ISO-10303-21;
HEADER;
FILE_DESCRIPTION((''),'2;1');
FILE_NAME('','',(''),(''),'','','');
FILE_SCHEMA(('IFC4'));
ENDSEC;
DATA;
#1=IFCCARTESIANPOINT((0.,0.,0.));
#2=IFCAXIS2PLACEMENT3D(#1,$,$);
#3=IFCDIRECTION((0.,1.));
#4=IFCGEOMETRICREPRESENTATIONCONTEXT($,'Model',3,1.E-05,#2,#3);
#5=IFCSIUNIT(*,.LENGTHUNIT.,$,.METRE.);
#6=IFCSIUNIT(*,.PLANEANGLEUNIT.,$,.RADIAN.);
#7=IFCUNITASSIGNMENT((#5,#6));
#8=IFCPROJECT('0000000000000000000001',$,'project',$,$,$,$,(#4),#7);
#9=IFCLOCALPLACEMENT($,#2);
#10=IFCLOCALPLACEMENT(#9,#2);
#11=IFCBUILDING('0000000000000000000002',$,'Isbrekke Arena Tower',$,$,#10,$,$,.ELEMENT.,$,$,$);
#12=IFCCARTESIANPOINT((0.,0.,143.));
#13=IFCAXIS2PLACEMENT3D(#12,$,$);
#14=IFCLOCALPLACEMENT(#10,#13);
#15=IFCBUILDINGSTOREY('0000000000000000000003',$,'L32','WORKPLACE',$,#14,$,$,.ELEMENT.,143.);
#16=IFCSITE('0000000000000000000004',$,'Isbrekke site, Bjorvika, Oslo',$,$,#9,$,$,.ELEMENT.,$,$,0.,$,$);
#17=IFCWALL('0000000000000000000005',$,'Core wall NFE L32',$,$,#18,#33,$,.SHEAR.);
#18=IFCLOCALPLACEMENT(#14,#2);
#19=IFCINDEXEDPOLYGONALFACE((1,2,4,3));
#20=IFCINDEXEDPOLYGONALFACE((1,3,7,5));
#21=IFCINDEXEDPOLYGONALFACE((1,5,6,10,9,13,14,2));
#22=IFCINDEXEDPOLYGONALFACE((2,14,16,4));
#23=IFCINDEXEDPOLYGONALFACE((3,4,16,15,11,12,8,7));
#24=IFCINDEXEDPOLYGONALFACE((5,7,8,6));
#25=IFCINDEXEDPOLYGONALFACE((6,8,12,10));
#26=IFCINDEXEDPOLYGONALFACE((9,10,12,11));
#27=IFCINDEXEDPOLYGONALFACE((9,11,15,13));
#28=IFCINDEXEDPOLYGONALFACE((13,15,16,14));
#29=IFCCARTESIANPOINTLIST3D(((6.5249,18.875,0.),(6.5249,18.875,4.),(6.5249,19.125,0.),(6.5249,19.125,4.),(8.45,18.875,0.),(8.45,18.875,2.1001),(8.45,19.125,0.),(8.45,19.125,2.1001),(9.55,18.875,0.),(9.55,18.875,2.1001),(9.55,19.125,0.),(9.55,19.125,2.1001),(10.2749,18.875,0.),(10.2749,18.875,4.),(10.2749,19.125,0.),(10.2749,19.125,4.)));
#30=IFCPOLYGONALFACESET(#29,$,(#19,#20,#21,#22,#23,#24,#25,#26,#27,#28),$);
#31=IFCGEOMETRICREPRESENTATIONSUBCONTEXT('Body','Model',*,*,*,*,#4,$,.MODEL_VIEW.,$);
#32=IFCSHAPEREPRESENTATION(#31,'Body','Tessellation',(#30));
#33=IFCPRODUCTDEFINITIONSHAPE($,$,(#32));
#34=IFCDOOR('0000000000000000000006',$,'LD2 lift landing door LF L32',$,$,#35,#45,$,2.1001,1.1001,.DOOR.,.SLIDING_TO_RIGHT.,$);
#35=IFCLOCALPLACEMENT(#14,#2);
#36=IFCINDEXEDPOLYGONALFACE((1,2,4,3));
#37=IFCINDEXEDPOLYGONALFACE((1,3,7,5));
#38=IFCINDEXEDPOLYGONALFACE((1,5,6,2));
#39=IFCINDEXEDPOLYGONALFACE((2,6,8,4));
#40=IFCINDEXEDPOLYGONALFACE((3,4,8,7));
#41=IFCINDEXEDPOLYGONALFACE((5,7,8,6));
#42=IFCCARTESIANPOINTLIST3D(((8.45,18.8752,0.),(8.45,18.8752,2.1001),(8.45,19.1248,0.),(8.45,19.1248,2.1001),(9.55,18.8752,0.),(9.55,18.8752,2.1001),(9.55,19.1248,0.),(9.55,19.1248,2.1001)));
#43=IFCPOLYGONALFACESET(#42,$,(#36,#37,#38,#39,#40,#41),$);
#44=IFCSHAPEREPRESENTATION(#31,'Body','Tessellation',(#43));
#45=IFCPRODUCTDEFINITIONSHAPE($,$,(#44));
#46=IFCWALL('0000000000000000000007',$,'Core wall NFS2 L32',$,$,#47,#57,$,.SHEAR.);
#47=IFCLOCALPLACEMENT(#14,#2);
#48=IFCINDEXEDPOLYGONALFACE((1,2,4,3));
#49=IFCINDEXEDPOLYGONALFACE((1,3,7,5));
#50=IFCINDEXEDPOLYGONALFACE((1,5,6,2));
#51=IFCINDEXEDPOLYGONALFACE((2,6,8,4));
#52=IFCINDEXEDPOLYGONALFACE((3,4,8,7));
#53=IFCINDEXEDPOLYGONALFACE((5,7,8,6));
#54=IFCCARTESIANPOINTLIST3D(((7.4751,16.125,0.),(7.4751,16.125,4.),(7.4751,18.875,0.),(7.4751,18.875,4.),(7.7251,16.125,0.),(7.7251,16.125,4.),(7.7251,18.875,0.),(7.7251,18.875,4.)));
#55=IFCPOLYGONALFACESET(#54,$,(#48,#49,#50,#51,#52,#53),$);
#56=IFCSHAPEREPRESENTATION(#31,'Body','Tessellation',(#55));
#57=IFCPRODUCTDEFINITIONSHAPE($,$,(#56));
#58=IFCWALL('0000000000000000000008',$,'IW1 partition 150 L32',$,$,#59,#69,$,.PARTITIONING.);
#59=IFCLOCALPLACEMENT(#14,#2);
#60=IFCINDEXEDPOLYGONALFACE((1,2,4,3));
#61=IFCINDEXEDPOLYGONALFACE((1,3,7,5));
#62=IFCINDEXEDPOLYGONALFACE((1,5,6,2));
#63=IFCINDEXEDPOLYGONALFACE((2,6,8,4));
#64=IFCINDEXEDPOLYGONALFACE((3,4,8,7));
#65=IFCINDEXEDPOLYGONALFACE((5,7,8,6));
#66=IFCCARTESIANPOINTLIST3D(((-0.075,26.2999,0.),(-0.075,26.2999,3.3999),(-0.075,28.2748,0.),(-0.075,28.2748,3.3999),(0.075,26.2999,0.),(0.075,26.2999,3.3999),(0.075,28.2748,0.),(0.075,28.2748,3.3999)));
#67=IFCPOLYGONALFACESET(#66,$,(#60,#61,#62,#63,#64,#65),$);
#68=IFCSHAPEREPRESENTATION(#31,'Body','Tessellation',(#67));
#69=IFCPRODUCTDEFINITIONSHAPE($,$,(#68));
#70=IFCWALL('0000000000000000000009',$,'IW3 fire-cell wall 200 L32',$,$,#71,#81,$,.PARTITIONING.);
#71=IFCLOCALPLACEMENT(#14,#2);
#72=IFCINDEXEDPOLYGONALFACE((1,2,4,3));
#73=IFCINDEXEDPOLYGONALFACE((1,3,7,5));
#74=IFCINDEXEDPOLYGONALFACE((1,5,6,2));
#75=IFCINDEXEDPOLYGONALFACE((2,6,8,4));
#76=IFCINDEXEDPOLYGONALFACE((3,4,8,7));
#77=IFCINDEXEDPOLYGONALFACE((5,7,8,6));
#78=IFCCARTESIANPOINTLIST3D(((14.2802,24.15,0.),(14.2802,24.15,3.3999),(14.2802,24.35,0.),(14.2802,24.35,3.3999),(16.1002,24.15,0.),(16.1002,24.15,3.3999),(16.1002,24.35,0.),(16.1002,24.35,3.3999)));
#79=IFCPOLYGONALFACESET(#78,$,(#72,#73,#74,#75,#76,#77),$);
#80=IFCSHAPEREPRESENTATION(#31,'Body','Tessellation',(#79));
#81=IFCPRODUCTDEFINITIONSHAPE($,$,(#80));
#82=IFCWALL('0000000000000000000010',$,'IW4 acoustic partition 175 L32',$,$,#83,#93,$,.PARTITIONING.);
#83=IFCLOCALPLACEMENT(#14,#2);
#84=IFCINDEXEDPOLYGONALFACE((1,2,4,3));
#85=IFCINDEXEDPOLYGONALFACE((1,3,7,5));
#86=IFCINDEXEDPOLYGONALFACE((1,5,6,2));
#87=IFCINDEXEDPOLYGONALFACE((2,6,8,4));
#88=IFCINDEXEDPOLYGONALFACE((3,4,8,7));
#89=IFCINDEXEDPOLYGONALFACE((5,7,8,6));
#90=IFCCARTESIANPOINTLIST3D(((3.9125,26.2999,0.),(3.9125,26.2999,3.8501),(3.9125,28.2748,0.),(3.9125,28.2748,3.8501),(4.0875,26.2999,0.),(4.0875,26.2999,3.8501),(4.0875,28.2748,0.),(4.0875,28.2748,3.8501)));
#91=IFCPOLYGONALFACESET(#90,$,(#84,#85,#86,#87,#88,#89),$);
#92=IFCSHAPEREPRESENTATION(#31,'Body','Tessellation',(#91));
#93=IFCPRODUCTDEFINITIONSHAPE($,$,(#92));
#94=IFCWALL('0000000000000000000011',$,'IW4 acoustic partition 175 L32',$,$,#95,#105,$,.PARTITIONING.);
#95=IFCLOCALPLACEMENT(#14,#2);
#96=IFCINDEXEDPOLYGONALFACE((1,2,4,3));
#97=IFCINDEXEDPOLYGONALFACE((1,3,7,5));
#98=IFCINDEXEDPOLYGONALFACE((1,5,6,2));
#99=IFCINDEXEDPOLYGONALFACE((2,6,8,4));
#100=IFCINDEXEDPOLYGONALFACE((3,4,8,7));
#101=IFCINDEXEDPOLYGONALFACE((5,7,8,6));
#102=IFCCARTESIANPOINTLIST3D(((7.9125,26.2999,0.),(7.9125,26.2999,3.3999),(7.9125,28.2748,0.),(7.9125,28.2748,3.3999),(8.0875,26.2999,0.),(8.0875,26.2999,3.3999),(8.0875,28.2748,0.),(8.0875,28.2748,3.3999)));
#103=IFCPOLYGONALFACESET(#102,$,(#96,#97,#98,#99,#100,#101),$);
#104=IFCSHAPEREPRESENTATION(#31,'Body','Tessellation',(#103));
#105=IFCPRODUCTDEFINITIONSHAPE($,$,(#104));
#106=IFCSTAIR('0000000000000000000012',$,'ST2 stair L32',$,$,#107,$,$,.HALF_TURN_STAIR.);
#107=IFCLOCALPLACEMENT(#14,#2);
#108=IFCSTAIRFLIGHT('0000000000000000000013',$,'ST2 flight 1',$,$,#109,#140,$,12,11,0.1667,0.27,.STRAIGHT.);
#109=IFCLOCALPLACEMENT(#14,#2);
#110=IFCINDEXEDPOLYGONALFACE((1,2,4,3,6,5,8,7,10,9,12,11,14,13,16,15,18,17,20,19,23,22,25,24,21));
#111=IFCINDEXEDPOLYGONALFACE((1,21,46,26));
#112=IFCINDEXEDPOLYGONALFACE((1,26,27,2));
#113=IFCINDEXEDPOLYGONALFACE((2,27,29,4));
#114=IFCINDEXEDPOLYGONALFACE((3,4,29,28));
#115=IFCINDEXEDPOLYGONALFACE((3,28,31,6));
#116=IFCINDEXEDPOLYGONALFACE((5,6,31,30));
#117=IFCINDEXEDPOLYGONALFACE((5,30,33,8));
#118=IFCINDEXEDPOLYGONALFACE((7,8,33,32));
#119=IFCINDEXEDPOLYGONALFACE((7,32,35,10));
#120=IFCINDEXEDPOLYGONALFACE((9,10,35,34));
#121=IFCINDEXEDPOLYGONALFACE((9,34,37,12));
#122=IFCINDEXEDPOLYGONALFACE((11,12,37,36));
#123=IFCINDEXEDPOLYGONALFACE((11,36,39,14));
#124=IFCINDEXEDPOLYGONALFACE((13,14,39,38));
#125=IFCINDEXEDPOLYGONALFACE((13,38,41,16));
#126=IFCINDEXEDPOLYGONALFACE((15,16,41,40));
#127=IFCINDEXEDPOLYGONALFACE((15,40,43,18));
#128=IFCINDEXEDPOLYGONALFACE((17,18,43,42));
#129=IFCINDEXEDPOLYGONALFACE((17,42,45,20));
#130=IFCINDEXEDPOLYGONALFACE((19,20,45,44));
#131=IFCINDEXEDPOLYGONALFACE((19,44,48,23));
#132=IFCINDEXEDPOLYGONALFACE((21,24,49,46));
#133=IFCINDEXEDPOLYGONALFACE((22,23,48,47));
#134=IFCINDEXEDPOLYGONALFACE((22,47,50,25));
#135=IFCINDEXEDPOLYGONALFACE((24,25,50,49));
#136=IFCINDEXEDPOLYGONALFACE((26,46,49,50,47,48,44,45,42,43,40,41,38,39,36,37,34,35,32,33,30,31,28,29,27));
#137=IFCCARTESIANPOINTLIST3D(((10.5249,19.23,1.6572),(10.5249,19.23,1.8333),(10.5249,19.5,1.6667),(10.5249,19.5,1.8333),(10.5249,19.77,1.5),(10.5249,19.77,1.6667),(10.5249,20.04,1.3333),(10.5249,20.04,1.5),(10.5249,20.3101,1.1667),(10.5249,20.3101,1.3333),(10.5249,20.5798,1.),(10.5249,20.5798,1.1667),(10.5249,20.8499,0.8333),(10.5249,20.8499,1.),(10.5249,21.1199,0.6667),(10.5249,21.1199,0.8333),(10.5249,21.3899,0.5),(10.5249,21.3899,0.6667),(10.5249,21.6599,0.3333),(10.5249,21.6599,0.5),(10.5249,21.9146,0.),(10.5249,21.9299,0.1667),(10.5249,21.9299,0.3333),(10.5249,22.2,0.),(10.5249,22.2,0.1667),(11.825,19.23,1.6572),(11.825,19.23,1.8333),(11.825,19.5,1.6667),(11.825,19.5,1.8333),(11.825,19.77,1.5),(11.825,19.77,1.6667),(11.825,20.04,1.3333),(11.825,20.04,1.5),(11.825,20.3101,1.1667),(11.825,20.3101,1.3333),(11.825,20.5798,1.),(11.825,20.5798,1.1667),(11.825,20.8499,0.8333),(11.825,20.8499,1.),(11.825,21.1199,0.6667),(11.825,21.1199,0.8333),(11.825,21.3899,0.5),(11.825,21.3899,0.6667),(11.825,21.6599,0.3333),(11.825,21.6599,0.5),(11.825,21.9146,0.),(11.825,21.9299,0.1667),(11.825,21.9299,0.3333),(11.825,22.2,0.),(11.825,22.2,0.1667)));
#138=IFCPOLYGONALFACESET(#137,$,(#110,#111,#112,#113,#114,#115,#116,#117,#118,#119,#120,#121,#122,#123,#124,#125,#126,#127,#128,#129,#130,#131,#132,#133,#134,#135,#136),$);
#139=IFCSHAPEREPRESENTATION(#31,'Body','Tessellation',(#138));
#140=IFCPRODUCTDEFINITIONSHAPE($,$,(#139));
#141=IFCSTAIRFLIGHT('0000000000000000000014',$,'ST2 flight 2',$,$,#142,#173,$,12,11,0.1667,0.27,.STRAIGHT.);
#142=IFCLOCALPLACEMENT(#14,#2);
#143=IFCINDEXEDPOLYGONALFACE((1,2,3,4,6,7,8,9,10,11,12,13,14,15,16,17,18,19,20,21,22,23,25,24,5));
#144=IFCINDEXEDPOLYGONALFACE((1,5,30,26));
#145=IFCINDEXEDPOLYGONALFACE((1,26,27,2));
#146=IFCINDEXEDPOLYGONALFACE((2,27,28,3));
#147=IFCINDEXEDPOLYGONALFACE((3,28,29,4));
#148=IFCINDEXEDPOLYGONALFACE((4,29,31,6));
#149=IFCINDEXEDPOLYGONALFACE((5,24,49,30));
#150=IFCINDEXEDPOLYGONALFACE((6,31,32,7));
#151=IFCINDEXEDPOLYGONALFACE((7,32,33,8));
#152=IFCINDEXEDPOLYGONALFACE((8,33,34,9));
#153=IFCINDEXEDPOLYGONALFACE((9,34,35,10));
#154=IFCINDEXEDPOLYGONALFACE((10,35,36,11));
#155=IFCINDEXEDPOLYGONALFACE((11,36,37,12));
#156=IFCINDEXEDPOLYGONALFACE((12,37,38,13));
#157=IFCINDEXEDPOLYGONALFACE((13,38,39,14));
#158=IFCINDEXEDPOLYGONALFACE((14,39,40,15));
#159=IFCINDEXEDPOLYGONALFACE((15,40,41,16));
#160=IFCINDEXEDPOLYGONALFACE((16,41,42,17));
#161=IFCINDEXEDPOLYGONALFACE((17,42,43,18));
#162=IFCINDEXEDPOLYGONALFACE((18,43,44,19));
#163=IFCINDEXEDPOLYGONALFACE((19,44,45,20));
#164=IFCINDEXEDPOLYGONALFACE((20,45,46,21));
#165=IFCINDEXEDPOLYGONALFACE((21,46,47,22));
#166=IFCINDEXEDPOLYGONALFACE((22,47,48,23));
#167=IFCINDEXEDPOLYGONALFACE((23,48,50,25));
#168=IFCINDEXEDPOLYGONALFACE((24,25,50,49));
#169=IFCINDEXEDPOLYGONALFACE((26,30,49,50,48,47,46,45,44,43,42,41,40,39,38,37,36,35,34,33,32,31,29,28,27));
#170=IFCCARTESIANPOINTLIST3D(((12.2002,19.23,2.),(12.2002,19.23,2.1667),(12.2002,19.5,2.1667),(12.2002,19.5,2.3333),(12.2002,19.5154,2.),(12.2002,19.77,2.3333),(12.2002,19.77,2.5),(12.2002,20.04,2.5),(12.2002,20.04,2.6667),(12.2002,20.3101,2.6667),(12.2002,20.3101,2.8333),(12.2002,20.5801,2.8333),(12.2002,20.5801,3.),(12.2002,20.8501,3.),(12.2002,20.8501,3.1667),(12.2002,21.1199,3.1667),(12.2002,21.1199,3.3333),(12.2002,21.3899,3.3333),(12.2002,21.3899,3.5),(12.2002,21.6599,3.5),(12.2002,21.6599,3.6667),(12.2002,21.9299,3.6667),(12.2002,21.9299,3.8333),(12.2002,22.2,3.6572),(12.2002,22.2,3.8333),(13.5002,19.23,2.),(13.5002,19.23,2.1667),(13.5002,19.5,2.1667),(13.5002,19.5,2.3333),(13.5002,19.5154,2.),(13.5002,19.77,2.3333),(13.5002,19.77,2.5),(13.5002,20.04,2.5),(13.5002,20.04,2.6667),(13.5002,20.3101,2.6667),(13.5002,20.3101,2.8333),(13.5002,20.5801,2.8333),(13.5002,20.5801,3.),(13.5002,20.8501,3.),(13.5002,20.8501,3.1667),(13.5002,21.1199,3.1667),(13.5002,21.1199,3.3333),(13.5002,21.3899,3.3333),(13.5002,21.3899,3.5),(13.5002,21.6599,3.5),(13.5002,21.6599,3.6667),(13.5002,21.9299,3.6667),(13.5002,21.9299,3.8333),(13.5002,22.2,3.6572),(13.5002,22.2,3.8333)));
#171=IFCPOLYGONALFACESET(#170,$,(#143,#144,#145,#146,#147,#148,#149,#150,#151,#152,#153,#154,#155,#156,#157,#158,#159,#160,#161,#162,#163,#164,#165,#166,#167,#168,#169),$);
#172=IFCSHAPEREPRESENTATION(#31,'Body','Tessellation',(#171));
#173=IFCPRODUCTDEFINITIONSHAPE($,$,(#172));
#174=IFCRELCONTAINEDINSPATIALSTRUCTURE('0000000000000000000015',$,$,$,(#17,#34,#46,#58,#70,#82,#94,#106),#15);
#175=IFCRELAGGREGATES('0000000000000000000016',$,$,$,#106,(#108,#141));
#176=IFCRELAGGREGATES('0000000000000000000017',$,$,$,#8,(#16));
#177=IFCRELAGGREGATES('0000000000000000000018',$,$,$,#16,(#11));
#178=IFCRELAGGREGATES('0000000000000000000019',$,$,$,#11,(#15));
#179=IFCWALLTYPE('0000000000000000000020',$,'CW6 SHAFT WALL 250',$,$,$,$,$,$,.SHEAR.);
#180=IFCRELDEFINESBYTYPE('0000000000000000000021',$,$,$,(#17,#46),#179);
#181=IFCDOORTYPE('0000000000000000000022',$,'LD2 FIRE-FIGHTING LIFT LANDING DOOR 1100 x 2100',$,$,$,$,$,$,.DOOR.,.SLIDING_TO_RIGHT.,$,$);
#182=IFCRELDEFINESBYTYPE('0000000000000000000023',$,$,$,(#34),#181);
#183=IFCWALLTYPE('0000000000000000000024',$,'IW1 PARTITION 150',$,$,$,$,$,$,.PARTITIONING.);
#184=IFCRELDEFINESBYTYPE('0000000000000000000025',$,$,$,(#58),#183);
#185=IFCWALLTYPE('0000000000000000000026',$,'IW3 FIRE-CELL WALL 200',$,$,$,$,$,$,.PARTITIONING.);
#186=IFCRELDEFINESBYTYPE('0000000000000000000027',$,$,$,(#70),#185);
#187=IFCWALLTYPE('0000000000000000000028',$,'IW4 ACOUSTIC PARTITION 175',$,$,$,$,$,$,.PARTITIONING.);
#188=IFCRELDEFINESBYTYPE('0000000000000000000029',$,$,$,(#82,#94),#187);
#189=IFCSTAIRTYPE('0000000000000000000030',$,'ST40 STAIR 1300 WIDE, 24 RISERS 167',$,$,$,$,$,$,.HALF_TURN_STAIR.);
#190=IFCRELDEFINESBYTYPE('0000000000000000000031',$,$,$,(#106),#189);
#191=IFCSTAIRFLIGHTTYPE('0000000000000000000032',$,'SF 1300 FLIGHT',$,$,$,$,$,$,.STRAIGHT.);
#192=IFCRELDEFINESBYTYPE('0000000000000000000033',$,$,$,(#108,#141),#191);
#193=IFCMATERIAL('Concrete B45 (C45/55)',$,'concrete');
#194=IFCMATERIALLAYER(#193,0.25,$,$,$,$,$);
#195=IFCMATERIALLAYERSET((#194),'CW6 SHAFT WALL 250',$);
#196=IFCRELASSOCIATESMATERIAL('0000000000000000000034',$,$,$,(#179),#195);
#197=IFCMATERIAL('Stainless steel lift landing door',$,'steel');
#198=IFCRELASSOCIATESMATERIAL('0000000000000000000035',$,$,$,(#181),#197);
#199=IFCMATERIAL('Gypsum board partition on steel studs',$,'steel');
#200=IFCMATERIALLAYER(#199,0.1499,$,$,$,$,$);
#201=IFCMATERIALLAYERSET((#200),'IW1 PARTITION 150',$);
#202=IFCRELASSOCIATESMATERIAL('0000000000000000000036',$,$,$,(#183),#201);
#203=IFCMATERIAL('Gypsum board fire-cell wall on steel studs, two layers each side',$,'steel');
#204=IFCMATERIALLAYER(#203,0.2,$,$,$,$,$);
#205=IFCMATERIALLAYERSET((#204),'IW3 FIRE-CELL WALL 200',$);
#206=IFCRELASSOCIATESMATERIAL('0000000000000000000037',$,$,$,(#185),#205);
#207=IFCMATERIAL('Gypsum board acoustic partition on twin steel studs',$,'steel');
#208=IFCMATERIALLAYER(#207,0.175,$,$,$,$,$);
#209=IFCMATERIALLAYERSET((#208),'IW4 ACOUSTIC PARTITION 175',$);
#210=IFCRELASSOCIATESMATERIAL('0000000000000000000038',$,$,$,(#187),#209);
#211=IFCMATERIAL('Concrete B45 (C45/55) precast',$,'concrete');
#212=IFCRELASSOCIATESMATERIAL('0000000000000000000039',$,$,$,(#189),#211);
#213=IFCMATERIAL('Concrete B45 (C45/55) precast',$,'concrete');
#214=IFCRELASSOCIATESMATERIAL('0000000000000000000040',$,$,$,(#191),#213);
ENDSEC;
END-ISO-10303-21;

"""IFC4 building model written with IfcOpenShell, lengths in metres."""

from ifc_helpers import new_model, si_unit, direction, frame, frame_2d, origin, place, context, subcontext, project, spatial, polyline, rectangle, outline, extrude, material, layer, layer_set, type_object, element, fill, aggregate, save


model = new_model("IFC4")

# Units and contexts
model_context = context("Model", 3, precision=1e-05, world=origin(), true_north=direction((0.0, 1.0)))
body_context = subcontext(model_context, "Body", "Model", "MODEL_VIEW")
ifc_project = project(units=[si_unit("LENGTHUNIT", "METRE"), si_unit("PLANEANGLEUNIT", "RADIAN")], contexts=[model_context])

# Site, building, storey
site_placement = place(None, origin())
site = spatial("IfcSite", under=ifc_project, at=site_placement, Name="Isbrekke site, Bjorvika, Oslo", CompositionType="ELEMENT", RefElevation=0.0)
building_placement = place(site_placement, origin())
building = spatial("IfcBuilding", under=site, at=building_placement, Name="Isbrekke Arena Tower", CompositionType="ELEMENT")
storey_placement = place(building_placement, frame((0.0, 0.0, 143.0)))
storey = spatial("IfcBuildingStorey", under=building, at=storey_placement, Name="L32", Description="WORKPLACE", CompositionType="ELEMENT", Elevation=143.0)

# Shared definitions
ifc_material_1 = material(Name="Concrete B45 (C45/55)", Category="concrete")
ifc_layer_1 = layer(ifc_material_1, 0.25)
ifc_layer_set_1 = layer_set([ifc_layer_1], Name="CW6 SHAFT WALL 250")
wall_type_1 = type_object("IfcWallType", Name="CW6 SHAFT WALL 250", PredefinedType="SHEAR", material=ifc_layer_set_1)

# Wall, opening, door
wall_1_placement = place(storey_placement, frame((6.5249, 19.0, 0.0), z_axis=(0.0, 0.0, 1.0), x_axis=(1.0, 0.0, 0.0)))
wall_1 = element("IfcWall", 1, at=wall_1_placement, inside=storey, type_object=wall_type_1, Name="Core wall NFE L32", PredefinedType="SHEAR", context=body_context, shape_type="SweptSolid", body=[
    extrude(rectangle(XDim=3.75, YDim=0.25, at=frame_2d((1.875, 0.0))), origin(), (0.0, 0.0, 1.0), 4.0),
])
opening_1_placement = place(wall_1_placement, frame((1.925, 0.0, 0.0)))
opening_1 = element("IfcOpeningElement", 2, at=opening_1_placement, cuts=wall_1, PredefinedType="OPENING", context=body_context, shape_type="SweptSolid", body=[
    extrude(rectangle(XDim=1.1001, YDim=2.1001, at=frame_2d((0.55, 1.05))), frame((0.0, 0.1399, 0.0), z_axis=(0.0, -1.0, 0.0), x_axis=(1.0, 0.0, 0.0)), (0.0, 0.0, 1.0), 0.2798),
])
ifc_material_2 = material(Name="Stainless steel lift landing door", Category="steel")
door_type_1 = type_object("IfcDoorType", Name="LD2 FIRE-FIGHTING LIFT LANDING DOOR 1100 x 2100", OperationType="SLIDING_TO_RIGHT", PredefinedType="DOOR", material=ifc_material_2)
door_1_placement = place(opening_1_placement, origin())
door_1 = element("IfcDoor", 3, at=door_1_placement, inside=storey, type_object=door_type_1, Name="LD2 lift landing door LF L32", OperationType="SLIDING_TO_RIGHT", OverallHeight=2.1001, OverallWidth=1.1001, PredefinedType="DOOR", context=body_context, shape_type="SweptSolid", body=[
    extrude(rectangle(XDim=1.1001, YDim=2.1001, at=frame_2d((0.55, 1.05))), frame((0.0, 0.1248, 0.0), z_axis=(0.0, -1.0, 0.0), x_axis=(1.0, 0.0, 0.0)), (0.0, 0.0, 1.0), 0.2495),
])
fill(opening_1, door_1)

# Walls
wall_2_placement = place(storey_placement, frame((7.6001, 16.125, 0.0), z_axis=(0.0, 0.0, 1.0), x_axis=(0.0, 1.0, 0.0)))
element("IfcWall", 4, at=wall_2_placement, inside=storey, type_object=wall_type_1, Name="Core wall NFS2 L32", PredefinedType="SHEAR", context=body_context, shape_type="SweptSolid", body=[
    extrude(rectangle(XDim=2.75, YDim=0.25, at=frame_2d((1.375, 0.0))), origin(), (0.0, 0.0, 1.0), 4.0),
])
ifc_material_3 = material(Name="Gypsum board partition on steel studs", Category="steel")
ifc_layer_2 = layer(ifc_material_3, 0.1499)
ifc_layer_set_2 = layer_set([ifc_layer_2], Name="IW1 PARTITION 150")
wall_type_2 = type_object("IfcWallType", Name="IW1 PARTITION 150", PredefinedType="PARTITIONING", material=ifc_layer_set_2)
wall_3_placement = place(storey_placement, frame((0.0, 26.3, 0.0), z_axis=(0.0, 0.0, 1.0), x_axis=(0.0, 1.0, 0.0)))
element("IfcWall", 5, at=wall_3_placement, inside=storey, type_object=wall_type_2, Name="IW1 partition 150 L32", PredefinedType="PARTITIONING", context=body_context, shape_type="SweptSolid", body=[
    extrude(rectangle(XDim=1.9749, YDim=0.1499, at=frame_2d((0.9873, 0.0))), origin(), (0.0, 0.0, 1.0), 3.3999),
])
ifc_material_4 = material(Name="Gypsum board fire-cell wall on steel studs, two layers each side", Category="steel")
ifc_layer_3 = layer(ifc_material_4, 0.2)
ifc_layer_set_3 = layer_set([ifc_layer_3], Name="IW3 FIRE-CELL WALL 200")
wall_type_3 = type_object("IfcWallType", Name="IW3 FIRE-CELL WALL 200", PredefinedType="PARTITIONING", material=ifc_layer_set_3)
wall_4_placement = place(storey_placement, frame((14.28, 24.25, 0.0), z_axis=(0.0, 0.0, 1.0), x_axis=(1.0, 0.0, 0.0)))
element("IfcWall", 6, at=wall_4_placement, inside=storey, type_object=wall_type_3, Name="IW3 fire-cell wall 200 L32", PredefinedType="PARTITIONING", context=body_context, shape_type="SweptSolid", body=[
    extrude(rectangle(XDim=1.8201, YDim=0.2, at=frame_2d((0.9102, 0.0))), origin(), (0.0, 0.0, 1.0), 3.3999),
])

# Walls
ifc_material_5 = material(Name="Gypsum board acoustic partition on twin steel studs", Category="steel")
ifc_layer_4 = layer(ifc_material_5, 0.175)
ifc_layer_set_4 = layer_set([ifc_layer_4], Name="IW4 ACOUSTIC PARTITION 175")
wall_type_4 = type_object("IfcWallType", Name="IW4 ACOUSTIC PARTITION 175", PredefinedType="PARTITIONING", material=ifc_layer_set_4)
wall_5_placement = place(storey_placement, frame((4.0, 26.3, 0.0), z_axis=(0.0, 0.0, 1.0), x_axis=(0.0, 1.0, 0.0)))
element("IfcWall", 7, at=wall_5_placement, inside=storey, type_object=wall_type_4, Name="IW4 acoustic partition 175 L32", PredefinedType="PARTITIONING", context=body_context, shape_type="SweptSolid", body=[
    extrude(rectangle(XDim=1.9749, YDim=0.175, at=frame_2d((0.9873, 0.0))), origin(), (0.0, 0.0, 1.0), 3.8501),
])
wall_6_placement = place(storey_placement, frame((8.0, 26.3, 0.0), z_axis=(0.0, 0.0, 1.0), x_axis=(0.0, 1.0, 0.0)))
element("IfcWall", 8, at=wall_6_placement, inside=storey, type_object=wall_type_4, Name="IW4 acoustic partition 175 L32", PredefinedType="PARTITIONING", context=body_context, shape_type="SweptSolid", body=[
    extrude(rectangle(XDim=1.9749, YDim=0.175, at=frame_2d((0.9873, 0.0))), origin(), (0.0, 0.0, 1.0), 3.3999),
])

# Stair, stair flights
ifc_material_6 = material(Name="Concrete B45 (C45/55) precast", Category="concrete")
stair_type = type_object("IfcStairType", Name="ST40 STAIR 1300 WIDE, 24 RISERS 167", PredefinedType="HALF_TURN_STAIR", material=ifc_material_6)
stair_placement = place(storey_placement, origin())
stair = element("IfcStair", 9, at=stair_placement, inside=storey, type_object=stair_type, Name="ST2 stair L32", PredefinedType="HALF_TURN_STAIR")
ifc_material_7 = material(Name="Concrete B45 (C45/55) precast", Category="concrete")
stair_flight_type = type_object("IfcStairFlightType", Name="SF 1300 FLIGHT", PredefinedType="STRAIGHT", material=ifc_material_7)
stair_flight_1_placement = place(storey_placement, frame((11.175, 22.2, 0.0), z_axis=(0.0, 0.0, 1.0), x_axis=(0.0, -1.0, 0.0)))
stair_flight_1 = element("IfcStairFlight", 10, at=stair_flight_1_placement, type_object=stair_flight_type, Name="ST2 flight 1", NumberOfRisers=12, NumberOfTreads=11, PredefinedType="STRAIGHT", RiserHeight=0.1667, TreadLength=0.27, context=body_context, shape_type="SweptSolid", body=[
    extrude(outline(polyline([(0.0, 0.0), (0.0, 0.1667), (0.27, 0.1667), (0.27, 0.3333), (0.54, 0.3333), (0.54, 0.5), (0.8101, 0.5), (0.8101, 0.6667), (1.0801, 0.6667), (1.0801, 0.8333), (1.3501, 0.8333), (1.3501, 1.0), (1.6201, 1.0), (1.6201, 1.1667), (1.8899, 1.1667), (1.8899, 1.3333), (2.1599, 1.3333), (2.1599, 1.5), (2.4299, 1.5), (2.4299, 1.6667), (2.7, 1.6667), (2.7, 1.8333), (2.97, 1.8333), (2.97, 2.0), (2.97, 1.6572), (0.2854, 0.0), (0.0, 0.0)])), frame((0.0, 0.6499, 0.0), z_axis=(0.0, -1.0, 0.0), x_axis=(1.0, 0.0, 0.0)), (0.0, 0.0, 1.0), 1.3),
])
stair_flight_2_placement = place(storey_placement, frame((12.8501, 19.23, 2.0), z_axis=(0.0, 0.0, 1.0), x_axis=(0.0, 1.0, 0.0)))
stair_flight_2 = element("IfcStairFlight", 11, at=stair_flight_2_placement, type_object=stair_flight_type, Name="ST2 flight 2", NumberOfRisers=12, NumberOfTreads=11, PredefinedType="STRAIGHT", RiserHeight=0.1667, TreadLength=0.27, context=body_context, shape_type="SweptSolid", body=[
    extrude(outline(polyline([(0.0, 0.0), (0.0, 0.1667), (0.27, 0.1667), (0.27, 0.3333), (0.54, 0.3333), (0.54, 0.5), (0.8101, 0.5), (0.8101, 0.6667), (1.0801, 0.6667), (1.0801, 0.8333), (1.3501, 0.8333), (1.3501, 1.0), (1.6201, 1.0), (1.6201, 1.1667), (1.8899, 1.1667), (1.8899, 1.3333), (2.1599, 1.3333), (2.1599, 1.5), (2.4299, 1.5), (2.4299, 1.6667), (2.7, 1.6667), (2.7, 1.8333), (2.97, 1.8333), (2.97, 2.0), (2.97, 1.6572), (0.2854, 0.0), (0.0, 0.0)])), frame((0.0, 0.6499, 0.0), z_axis=(0.0, -1.0, 0.0), x_axis=(1.0, 0.0, 0.0)), (0.0, 0.0, 1.0), 1.3),
])
aggregate(stair, [stair_flight_1, stair_flight_2])

save(model, "model.ifc")
